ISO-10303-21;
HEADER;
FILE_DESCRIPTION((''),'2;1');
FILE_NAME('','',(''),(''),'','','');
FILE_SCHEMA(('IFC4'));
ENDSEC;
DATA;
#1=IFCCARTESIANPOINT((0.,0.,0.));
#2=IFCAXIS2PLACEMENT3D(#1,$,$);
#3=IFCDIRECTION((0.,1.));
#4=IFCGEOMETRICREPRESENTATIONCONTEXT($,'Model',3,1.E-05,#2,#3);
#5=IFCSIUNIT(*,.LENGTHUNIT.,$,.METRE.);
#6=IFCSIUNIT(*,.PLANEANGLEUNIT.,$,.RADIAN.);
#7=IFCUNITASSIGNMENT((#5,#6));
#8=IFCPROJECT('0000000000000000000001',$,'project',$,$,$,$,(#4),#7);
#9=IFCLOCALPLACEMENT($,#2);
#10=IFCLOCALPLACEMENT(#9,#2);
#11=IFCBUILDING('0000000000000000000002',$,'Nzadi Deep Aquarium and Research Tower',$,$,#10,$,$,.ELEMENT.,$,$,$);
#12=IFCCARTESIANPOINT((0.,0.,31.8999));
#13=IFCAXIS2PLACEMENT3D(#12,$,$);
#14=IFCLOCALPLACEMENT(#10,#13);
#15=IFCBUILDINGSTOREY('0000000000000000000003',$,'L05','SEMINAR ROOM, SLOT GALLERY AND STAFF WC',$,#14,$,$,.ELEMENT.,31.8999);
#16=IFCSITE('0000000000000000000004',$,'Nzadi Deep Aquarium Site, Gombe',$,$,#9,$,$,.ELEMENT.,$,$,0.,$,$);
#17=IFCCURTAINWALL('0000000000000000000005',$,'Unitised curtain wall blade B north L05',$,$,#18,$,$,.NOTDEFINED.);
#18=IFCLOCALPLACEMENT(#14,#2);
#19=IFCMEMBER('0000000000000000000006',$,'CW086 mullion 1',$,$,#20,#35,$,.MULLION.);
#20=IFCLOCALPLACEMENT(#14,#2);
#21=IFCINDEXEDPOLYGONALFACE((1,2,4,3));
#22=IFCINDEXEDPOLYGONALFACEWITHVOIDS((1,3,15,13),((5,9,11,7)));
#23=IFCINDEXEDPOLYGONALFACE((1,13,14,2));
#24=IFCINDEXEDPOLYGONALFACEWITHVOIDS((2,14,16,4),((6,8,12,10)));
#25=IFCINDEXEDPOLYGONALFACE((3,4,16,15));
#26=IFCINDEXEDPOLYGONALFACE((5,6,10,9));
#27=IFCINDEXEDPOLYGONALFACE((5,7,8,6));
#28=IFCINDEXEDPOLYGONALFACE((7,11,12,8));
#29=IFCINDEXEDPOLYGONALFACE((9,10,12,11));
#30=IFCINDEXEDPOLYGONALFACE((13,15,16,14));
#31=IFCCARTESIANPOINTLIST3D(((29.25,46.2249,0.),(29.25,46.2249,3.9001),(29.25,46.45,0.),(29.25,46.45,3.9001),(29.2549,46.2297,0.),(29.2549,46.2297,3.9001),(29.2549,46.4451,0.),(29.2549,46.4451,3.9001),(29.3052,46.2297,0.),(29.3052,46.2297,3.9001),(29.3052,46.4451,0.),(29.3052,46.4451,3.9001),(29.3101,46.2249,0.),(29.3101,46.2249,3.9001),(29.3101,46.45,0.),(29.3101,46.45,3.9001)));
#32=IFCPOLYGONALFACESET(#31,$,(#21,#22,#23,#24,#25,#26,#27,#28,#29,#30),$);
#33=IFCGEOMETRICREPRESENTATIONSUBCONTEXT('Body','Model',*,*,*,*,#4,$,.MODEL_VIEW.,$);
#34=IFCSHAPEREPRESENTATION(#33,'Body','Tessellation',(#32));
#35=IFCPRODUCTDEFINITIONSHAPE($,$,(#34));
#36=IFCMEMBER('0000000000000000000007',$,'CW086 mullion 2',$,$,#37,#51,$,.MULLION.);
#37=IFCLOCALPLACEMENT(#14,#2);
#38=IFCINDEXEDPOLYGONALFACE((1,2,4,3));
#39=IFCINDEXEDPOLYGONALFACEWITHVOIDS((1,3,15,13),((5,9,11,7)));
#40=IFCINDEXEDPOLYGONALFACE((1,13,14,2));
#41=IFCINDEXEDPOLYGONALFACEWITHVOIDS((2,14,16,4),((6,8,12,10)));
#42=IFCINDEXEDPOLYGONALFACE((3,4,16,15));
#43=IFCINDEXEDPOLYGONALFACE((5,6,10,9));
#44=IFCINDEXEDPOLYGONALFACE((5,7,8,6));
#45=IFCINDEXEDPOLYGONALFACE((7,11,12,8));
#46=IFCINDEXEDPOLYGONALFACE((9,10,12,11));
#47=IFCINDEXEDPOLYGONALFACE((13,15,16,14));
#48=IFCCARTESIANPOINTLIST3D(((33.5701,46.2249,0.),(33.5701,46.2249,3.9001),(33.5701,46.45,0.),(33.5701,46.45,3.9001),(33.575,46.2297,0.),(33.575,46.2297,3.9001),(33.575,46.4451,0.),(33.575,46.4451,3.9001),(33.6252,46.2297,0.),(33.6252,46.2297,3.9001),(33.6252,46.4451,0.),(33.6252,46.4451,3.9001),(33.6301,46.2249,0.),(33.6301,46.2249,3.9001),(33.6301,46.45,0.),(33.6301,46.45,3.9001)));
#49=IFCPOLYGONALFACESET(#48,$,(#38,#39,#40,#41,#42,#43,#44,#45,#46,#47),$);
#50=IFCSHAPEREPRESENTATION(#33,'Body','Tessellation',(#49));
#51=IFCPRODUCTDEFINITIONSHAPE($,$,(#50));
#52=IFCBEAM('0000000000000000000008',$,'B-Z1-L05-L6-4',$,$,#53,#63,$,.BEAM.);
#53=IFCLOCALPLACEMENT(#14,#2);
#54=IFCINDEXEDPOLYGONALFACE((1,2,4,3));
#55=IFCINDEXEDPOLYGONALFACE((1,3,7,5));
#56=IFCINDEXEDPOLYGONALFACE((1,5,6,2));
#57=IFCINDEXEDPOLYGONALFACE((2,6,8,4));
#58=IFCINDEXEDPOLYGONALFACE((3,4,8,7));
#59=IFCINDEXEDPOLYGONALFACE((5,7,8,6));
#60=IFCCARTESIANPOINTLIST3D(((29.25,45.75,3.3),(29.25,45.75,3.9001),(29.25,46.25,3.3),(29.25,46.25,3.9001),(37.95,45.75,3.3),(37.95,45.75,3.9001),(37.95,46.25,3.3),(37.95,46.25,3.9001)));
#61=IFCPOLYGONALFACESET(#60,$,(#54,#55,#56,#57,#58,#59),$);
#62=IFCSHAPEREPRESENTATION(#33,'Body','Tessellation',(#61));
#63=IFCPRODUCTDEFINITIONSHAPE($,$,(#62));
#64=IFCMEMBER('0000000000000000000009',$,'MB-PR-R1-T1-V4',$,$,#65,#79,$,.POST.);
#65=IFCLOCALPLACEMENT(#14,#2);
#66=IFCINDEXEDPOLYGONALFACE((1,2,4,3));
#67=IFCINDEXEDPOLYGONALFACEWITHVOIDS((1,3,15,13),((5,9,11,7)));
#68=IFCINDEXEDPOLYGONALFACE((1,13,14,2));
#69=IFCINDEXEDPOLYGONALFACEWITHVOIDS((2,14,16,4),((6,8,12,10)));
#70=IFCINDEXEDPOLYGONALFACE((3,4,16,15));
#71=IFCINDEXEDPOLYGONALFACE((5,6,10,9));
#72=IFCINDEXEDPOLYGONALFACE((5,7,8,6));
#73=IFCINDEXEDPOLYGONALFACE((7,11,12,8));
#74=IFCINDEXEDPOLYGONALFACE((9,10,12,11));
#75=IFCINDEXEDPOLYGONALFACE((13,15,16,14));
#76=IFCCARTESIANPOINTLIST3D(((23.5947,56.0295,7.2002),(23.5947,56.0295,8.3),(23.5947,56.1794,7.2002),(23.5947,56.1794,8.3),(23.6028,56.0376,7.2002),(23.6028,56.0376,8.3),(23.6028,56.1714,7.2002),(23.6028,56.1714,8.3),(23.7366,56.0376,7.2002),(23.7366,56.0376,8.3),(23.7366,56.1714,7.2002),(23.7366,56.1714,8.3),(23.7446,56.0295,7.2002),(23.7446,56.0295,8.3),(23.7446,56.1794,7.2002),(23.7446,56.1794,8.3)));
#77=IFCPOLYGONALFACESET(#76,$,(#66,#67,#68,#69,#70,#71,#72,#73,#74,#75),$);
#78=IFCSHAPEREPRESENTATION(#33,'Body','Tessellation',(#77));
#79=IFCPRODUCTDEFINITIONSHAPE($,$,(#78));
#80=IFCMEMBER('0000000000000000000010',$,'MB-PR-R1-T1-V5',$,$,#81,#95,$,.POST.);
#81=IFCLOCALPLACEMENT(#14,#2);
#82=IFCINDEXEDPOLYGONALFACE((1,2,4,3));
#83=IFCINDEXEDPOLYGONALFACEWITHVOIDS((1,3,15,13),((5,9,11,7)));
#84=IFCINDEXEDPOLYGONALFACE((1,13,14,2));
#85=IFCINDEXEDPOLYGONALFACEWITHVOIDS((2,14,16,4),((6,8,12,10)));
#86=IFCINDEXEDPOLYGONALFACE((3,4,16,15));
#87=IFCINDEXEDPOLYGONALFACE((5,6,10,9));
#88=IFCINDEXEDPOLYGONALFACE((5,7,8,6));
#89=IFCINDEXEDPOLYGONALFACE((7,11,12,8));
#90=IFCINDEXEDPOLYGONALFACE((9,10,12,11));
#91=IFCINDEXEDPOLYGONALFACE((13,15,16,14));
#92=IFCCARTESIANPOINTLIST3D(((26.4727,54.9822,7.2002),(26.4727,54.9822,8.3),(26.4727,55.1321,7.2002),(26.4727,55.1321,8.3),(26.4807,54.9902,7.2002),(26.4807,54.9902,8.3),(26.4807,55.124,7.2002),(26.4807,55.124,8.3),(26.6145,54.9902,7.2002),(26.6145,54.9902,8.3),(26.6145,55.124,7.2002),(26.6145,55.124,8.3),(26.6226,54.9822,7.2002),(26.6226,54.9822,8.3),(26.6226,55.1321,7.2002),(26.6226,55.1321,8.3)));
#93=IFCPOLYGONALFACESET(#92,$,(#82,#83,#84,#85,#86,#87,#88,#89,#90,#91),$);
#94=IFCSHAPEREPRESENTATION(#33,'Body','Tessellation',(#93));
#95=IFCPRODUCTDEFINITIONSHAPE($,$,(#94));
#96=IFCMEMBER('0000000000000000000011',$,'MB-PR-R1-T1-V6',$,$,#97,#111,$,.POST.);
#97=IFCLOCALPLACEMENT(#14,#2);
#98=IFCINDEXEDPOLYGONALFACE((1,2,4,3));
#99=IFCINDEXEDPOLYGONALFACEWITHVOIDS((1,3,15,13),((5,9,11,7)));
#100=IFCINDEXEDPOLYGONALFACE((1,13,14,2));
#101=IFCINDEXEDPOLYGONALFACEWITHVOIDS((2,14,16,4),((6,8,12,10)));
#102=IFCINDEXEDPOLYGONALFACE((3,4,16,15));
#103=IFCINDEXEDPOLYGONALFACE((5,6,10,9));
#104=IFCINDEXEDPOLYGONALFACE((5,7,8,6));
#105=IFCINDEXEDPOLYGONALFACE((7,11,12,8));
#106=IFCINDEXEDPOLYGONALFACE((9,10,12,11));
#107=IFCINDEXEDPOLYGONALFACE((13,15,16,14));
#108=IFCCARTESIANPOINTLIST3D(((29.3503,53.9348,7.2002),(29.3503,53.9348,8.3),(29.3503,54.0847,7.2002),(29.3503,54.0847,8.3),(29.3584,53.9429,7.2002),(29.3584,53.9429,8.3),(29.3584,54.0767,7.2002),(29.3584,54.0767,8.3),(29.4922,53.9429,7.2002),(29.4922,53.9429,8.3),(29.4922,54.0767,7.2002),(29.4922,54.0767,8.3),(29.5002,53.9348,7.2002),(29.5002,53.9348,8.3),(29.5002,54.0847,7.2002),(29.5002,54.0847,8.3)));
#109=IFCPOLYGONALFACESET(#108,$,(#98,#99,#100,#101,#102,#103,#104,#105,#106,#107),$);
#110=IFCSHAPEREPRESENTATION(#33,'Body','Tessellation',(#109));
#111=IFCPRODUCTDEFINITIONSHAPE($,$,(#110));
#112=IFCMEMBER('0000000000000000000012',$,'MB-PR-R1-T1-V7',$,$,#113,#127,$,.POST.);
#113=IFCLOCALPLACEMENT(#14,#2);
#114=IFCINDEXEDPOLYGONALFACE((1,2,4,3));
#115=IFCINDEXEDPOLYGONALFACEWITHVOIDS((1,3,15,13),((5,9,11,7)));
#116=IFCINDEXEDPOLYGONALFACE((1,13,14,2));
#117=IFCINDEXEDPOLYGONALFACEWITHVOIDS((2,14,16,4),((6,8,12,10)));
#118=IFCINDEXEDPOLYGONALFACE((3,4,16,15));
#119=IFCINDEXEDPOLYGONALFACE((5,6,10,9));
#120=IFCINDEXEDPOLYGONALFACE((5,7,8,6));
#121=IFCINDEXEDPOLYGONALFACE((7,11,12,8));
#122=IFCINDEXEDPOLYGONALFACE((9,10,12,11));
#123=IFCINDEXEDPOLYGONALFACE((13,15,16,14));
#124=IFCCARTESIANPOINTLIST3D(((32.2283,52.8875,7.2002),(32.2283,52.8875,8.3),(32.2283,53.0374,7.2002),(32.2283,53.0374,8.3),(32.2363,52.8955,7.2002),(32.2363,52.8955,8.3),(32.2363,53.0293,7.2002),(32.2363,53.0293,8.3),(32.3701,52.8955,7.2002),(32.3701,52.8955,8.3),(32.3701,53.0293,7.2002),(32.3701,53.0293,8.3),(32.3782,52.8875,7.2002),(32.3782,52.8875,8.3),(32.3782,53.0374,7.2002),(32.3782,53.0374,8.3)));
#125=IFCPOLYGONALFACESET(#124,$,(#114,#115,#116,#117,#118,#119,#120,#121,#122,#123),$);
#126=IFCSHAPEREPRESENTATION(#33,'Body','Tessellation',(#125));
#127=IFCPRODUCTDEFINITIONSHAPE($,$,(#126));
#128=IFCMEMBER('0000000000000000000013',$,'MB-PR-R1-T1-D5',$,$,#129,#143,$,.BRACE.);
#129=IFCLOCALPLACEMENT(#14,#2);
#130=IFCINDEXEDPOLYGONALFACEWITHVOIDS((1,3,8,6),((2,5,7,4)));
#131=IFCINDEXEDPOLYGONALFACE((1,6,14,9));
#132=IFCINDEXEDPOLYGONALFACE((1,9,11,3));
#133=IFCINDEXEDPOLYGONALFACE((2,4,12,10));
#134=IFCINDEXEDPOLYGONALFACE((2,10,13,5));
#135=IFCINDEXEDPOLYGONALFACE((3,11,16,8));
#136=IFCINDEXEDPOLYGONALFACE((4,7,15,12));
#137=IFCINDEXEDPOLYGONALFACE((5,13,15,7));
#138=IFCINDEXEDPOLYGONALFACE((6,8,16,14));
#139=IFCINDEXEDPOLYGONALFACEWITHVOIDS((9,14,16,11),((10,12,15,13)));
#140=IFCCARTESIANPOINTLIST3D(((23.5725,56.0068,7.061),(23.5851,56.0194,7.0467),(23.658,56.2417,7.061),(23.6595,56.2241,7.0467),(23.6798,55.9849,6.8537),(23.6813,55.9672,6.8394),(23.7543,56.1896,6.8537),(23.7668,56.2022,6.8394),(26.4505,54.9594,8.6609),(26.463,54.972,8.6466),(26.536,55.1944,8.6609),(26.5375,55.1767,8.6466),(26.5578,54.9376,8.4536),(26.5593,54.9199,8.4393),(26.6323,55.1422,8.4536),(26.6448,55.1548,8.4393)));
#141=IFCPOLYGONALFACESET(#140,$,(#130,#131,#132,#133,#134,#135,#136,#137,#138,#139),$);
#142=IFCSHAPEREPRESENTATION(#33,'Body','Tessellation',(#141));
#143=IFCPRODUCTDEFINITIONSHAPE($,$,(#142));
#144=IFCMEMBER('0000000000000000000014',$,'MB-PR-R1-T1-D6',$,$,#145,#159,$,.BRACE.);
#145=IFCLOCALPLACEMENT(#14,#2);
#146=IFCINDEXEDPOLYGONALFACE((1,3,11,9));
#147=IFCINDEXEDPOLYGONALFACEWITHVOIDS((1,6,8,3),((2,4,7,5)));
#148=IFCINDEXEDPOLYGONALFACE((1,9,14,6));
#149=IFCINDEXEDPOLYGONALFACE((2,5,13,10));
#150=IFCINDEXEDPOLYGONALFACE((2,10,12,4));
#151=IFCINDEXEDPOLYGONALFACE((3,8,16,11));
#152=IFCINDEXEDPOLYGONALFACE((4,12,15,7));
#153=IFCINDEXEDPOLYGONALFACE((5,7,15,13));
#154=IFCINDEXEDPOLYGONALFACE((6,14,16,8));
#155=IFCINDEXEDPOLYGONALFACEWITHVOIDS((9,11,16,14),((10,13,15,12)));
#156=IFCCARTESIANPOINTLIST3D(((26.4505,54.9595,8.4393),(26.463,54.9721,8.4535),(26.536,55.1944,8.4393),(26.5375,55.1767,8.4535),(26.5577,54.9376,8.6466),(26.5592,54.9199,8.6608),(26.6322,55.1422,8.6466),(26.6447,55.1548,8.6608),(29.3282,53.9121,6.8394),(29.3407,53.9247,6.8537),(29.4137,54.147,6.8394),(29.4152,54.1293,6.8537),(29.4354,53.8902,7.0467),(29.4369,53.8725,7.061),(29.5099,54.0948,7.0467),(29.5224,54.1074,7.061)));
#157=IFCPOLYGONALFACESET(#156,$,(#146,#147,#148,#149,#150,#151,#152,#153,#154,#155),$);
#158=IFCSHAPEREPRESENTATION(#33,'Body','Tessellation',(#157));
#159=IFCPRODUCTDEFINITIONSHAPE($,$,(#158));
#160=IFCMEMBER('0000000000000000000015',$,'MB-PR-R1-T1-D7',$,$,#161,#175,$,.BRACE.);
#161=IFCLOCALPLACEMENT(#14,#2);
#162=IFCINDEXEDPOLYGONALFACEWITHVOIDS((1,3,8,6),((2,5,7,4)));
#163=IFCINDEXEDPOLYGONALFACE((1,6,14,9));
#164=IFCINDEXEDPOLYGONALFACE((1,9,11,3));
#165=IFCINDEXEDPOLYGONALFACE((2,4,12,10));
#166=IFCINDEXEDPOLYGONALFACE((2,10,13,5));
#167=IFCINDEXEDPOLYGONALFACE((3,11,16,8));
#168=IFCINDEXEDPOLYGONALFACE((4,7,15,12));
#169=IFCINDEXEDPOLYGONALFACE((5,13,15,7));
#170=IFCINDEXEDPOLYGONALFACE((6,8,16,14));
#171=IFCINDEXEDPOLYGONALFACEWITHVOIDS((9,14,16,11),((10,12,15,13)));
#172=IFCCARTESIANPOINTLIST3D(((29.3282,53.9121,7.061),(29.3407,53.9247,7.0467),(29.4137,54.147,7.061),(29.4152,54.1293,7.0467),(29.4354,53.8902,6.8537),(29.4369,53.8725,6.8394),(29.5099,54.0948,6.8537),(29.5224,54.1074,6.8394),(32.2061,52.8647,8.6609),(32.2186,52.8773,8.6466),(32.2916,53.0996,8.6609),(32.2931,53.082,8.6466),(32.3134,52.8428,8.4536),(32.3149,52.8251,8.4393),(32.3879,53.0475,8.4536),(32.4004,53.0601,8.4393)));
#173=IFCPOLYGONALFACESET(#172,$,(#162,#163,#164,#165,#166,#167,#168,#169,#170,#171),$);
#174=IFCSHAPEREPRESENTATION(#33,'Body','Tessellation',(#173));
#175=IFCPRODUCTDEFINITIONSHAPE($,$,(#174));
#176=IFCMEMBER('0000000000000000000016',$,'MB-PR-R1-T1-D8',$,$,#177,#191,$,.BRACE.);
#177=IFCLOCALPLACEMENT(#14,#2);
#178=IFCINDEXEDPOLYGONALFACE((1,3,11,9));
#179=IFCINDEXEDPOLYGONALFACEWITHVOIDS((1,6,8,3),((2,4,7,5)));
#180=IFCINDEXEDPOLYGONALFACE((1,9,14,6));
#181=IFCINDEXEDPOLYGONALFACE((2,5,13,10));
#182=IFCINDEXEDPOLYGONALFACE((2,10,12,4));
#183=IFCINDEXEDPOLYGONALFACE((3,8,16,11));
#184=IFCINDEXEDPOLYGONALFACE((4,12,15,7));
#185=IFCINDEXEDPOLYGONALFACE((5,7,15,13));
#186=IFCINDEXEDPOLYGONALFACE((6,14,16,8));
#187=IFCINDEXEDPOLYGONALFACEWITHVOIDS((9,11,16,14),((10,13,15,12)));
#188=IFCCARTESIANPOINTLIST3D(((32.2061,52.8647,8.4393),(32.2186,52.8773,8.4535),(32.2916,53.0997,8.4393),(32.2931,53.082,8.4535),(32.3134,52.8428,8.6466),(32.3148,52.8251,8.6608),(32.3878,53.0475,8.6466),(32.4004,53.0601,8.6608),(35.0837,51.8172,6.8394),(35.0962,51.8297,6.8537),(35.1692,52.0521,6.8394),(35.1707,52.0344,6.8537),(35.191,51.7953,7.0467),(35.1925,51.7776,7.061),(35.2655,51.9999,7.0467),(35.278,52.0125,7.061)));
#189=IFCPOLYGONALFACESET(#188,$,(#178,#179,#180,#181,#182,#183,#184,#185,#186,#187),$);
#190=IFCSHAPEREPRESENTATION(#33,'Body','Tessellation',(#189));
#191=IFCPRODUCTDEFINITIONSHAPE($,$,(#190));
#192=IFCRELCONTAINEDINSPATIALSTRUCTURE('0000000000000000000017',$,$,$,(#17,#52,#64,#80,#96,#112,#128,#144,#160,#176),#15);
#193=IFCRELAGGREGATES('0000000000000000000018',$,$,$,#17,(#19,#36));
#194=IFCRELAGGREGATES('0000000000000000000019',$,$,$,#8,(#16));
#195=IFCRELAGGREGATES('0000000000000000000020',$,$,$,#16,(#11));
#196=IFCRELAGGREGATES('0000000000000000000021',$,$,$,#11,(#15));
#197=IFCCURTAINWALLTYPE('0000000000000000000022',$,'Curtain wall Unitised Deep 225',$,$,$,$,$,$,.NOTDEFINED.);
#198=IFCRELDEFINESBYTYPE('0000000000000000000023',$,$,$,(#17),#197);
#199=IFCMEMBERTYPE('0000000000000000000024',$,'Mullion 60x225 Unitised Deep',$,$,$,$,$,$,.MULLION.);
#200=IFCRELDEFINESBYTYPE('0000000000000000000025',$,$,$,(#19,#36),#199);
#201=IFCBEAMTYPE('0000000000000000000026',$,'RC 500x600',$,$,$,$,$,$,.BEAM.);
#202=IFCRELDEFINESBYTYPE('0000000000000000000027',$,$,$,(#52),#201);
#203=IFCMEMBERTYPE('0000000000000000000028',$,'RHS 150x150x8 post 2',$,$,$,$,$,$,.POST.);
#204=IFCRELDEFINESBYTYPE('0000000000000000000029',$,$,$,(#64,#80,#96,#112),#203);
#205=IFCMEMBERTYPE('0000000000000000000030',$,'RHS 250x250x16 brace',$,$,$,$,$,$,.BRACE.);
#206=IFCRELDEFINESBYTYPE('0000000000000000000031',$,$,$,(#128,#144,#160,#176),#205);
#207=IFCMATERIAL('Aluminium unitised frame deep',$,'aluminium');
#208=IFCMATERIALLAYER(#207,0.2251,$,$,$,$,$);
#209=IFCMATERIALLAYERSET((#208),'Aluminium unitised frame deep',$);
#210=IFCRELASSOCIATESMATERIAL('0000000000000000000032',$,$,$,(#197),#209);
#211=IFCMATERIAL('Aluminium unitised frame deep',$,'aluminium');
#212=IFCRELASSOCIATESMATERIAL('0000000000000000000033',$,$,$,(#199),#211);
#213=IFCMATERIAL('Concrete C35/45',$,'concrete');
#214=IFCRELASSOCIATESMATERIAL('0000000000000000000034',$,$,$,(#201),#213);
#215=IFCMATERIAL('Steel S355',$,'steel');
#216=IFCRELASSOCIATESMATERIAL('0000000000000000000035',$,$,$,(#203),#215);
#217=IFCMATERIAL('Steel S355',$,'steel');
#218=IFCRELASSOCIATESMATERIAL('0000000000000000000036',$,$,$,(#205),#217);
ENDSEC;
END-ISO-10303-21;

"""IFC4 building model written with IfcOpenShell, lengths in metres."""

from ifc_helpers import new_model, si_unit, direction, frame, origin, origin_2d, place, context, subcontext, project, spatial, rectangle, hollow_rectangle, extrude, material, layer, layer_set, material_profile, profile_set, type_object, element, aggregate, save


model = new_model("IFC4")

# Units and contexts
model_context = context("Model", 3, precision=1e-05, world=origin(), true_north=direction((0.0, 1.0)))
body_context = subcontext(model_context, "Body", "Model", "MODEL_VIEW")
ifc_project = project(units=[si_unit("LENGTHUNIT", "METRE"), si_unit("PLANEANGLEUNIT", "RADIAN")], contexts=[model_context])

# Site, building, storey
site_placement = place(None, origin())
site = spatial("IfcSite", under=ifc_project, at=site_placement, Name="Nzadi Deep Aquarium Site, Gombe", CompositionType="ELEMENT", RefElevation=0.0)
building_placement = place(site_placement, origin())
building = spatial("IfcBuilding", under=site, at=building_placement, Name="Nzadi Deep Aquarium and Research Tower", CompositionType="ELEMENT")
storey_placement = place(building_placement, frame((0.0, 0.0, 31.8999)))
storey = spatial("IfcBuildingStorey", under=building, at=storey_placement, Name="L05", Description="SEMINAR ROOM, SLOT GALLERY AND STAFF WC", CompositionType="ELEMENT", Elevation=31.8999)

# Curtain wall, members
ifc_material_1 = material(Name="Aluminium unitised frame deep", Category="aluminium")
ifc_layer_1 = layer(ifc_material_1, 0.2251)
ifc_layer_set_1 = layer_set([ifc_layer_1], Name="Aluminium unitised frame deep")
curtain_wall_type = type_object("IfcCurtainWallType", Name="Curtain wall Unitised Deep 225", PredefinedType="NOTDEFINED", material=ifc_layer_set_1)
ifc_material_2 = material(Name="Aluminium unitised frame deep", Category="aluminium")
ifc_material_profile_1 = material_profile(ifc_material_2, hollow_rectangle(XDim=0.2251, YDim=0.0601, WallThickness=0.0049, at=origin_2d()))
ifc_profile_set_1 = profile_set([ifc_material_profile_1], Name="Aluminium unitised frame deep")
member_type_1 = type_object("IfcMemberType", Name="Mullion 60x225 Unitised Deep", PredefinedType="MULLION", material=ifc_profile_set_1)
curtain_wall_1_placement = place(storey_placement, origin())
curtain_wall_1 = element("IfcCurtainWall", 1, at=curtain_wall_1_placement, inside=storey, type_object=curtain_wall_type, Name="Unitised curtain wall blade B north L05", PredefinedType="NOTDEFINED")
member_1_placement = place(storey_placement, frame((29.28, 46.3374, 0.0), z_axis=(0.0, 0.0, 1.0), x_axis=(0.0, 1.0, 0.0)))
member_1 = element("IfcMember", 2, at=member_1_placement, type_object=member_type_1, Name="CW086 mullion 1", PredefinedType="MULLION", context=body_context, shape_type="SweptSolid", body=[
    extrude(hollow_rectangle(XDim=0.2251, YDim=0.0601, WallThickness=0.0049, at=origin_2d()), origin(), (0.0, 0.0, 1.0), 3.9001),
])
member_2_placement = place(storey_placement, frame((33.6001, 46.3374, 0.0), z_axis=(0.0, 0.0, 1.0), x_axis=(0.0, 1.0, 0.0)))
member_2 = element("IfcMember", 3, at=member_2_placement, type_object=member_type_1, Name="CW086 mullion 2", PredefinedType="MULLION", context=body_context, shape_type="SweptSolid", body=[
    extrude(hollow_rectangle(XDim=0.2251, YDim=0.0601, WallThickness=0.0049, at=origin_2d()), origin(), (0.0, 0.0, 1.0), 3.9001),
])

# Beam
ifc_material_3 = material(Name="Concrete C35/45", Category="concrete")
ifc_material_profile_2 = material_profile(ifc_material_3, rectangle(XDim=0.5, YDim=0.6001, at=origin_2d()))
ifc_profile_set_2 = profile_set([ifc_material_profile_2], Name="Concrete C35/45")
beam_type = type_object("IfcBeamType", Name="RC 500x600", PredefinedType="BEAM", material=ifc_profile_set_2)
beam_placement = place(storey_placement, frame((29.25, 46.0, 3.6001), z_axis=(1.0, 0.0, 0.0), x_axis=(0.0, 1.0, 0.0)))
element("IfcBeam", 4, at=beam_placement, inside=storey, type_object=beam_type, Name="B-Z1-L05-L6-4", PredefinedType="BEAM", context=body_context, shape_type="SweptSolid", body=[
    extrude(rectangle(XDim=0.5, YDim=0.6001, at=origin_2d()), origin(), (0.0, 0.0, 1.0), 8.7),
])

# Members
ifc_material_4 = material(Name="Steel S355", Category="steel")
ifc_material_profile_3 = material_profile(ifc_material_4, hollow_rectangle(XDim=0.1499, YDim=0.1499, WallThickness=0.0081, at=origin_2d()))
ifc_profile_set_3 = profile_set([ifc_material_profile_3], Name="Steel S355")
member_type_2 = type_object("IfcMemberType", Name="RHS 150x150x8 post 2", PredefinedType="POST", material=ifc_profile_set_3)
for number, where, z_axis, x_axis, name in (
    (5, (23.6697, 56.1045, 7.2002), (0.0, 0.0, 1.0), (1.0, 0.0, 0.0), "MB-PR-R1-T1-V4"),
    (6, (26.5476, 55.0571, 7.2002), (0.0, 0.0, 1.0), (1.0, 0.0, 0.0), "MB-PR-R1-T1-V5"),
    (7, (29.4253, 54.0098, 7.2002), (0.0, 0.0, 1.0), (1.0, 0.0, 0.0), "MB-PR-R1-T1-V6"),
    (8, (32.3032, 52.9624, 7.2002), (0.0, 0.0, 1.0), (1.0, 0.0, 0.0), "MB-PR-R1-T1-V7"),
):
    element("IfcMember", number, at=place(storey_placement, frame(where, z_axis=z_axis, x_axis=x_axis)), inside=storey, type_object=member_type_2, Name=name, PredefinedType="POST", context=body_context, shape_type="SweptSolid", body=[
        extrude(hollow_rectangle(XDim=0.1499, YDim=0.1499, WallThickness=0.0081, at=origin_2d()), origin(), (0.0, 0.0, 1.0), 1.0999),
    ])
ifc_material_5 = material(Name="Steel S355", Category="steel")
ifc_material_profile_4 = material_profile(ifc_material_5, hollow_rectangle(XDim=0.25, YDim=0.25, WallThickness=0.0161, at=origin_2d()))
ifc_profile_set_4 = profile_set([ifc_material_profile_4], Name="Steel S355")
member_type_3 = type_object("IfcMemberType", Name="RHS 250x250x16 brace", PredefinedType="BRACE", material=ifc_profile_set_4)
member_3_placement = place(storey_placement, frame((23.6697, 56.1045, 6.9502), z_axis=(0.832907, -0.303119, 0.463017), x_axis=(0.341986, 0.939705, 0.0)))
element("IfcMember", 9, at=member_3_placement, inside=storey, type_object=member_type_3, Name="MB-PR-R1-T1-D5", PredefinedType="BRACE", context=body_context, shape_type="SweptSolid", body=[
    extrude(hollow_rectangle(XDim=0.25, YDim=0.25, WallThickness=0.0161, at=origin_2d()), origin(), (0.0, 0.0, 1.0), 3.4553),
])
member_4_placement = place(storey_placement, frame((26.5476, 55.0571, 8.55), z_axis=(0.832885, -0.303137, -0.463044), x_axis=(0.342012, 0.939696, 0.0)))
element("IfcMember", 10, at=member_4_placement, inside=storey, type_object=member_type_3, Name="MB-PR-R1-T1-D6", PredefinedType="BRACE", context=body_context, shape_type="SweptSolid", body=[
    extrude(hollow_rectangle(XDim=0.25, YDim=0.25, WallThickness=0.0161, at=origin_2d()), origin(), (0.0, 0.0, 1.0), 3.4551),
])
member_5_placement = place(storey_placement, frame((29.4253, 54.0098, 6.9502), z_axis=(0.832907, -0.303119, 0.463017), x_axis=(0.341986, 0.939705, 0.0)))
element("IfcMember", 11, at=member_5_placement, inside=storey, type_object=member_type_3, Name="MB-PR-R1-T1-D7", PredefinedType="BRACE", context=body_context, shape_type="SweptSolid", body=[
    extrude(hollow_rectangle(XDim=0.25, YDim=0.25, WallThickness=0.0161, at=origin_2d()), origin(), (0.0, 0.0, 1.0), 3.4553),
])
member_6_placement = place(storey_placement, frame((32.3032, 52.9624, 8.55), z_axis=(0.832868, -0.303201, -0.463034), x_axis=(0.342082, 0.93967, 0.0)))
element("IfcMember", 12, at=member_6_placement, inside=storey, type_object=member_type_3, Name="MB-PR-R1-T1-D8", PredefinedType="BRACE", context=body_context, shape_type="SweptSolid", body=[
    extrude(hollow_rectangle(XDim=0.25, YDim=0.25, WallThickness=0.0161, at=origin_2d()), origin(), (0.0, 0.0, 1.0), 3.4551),
])

aggregate(curtain_wall_1, [member_1, member_2])

save(model, "model.ifc")
